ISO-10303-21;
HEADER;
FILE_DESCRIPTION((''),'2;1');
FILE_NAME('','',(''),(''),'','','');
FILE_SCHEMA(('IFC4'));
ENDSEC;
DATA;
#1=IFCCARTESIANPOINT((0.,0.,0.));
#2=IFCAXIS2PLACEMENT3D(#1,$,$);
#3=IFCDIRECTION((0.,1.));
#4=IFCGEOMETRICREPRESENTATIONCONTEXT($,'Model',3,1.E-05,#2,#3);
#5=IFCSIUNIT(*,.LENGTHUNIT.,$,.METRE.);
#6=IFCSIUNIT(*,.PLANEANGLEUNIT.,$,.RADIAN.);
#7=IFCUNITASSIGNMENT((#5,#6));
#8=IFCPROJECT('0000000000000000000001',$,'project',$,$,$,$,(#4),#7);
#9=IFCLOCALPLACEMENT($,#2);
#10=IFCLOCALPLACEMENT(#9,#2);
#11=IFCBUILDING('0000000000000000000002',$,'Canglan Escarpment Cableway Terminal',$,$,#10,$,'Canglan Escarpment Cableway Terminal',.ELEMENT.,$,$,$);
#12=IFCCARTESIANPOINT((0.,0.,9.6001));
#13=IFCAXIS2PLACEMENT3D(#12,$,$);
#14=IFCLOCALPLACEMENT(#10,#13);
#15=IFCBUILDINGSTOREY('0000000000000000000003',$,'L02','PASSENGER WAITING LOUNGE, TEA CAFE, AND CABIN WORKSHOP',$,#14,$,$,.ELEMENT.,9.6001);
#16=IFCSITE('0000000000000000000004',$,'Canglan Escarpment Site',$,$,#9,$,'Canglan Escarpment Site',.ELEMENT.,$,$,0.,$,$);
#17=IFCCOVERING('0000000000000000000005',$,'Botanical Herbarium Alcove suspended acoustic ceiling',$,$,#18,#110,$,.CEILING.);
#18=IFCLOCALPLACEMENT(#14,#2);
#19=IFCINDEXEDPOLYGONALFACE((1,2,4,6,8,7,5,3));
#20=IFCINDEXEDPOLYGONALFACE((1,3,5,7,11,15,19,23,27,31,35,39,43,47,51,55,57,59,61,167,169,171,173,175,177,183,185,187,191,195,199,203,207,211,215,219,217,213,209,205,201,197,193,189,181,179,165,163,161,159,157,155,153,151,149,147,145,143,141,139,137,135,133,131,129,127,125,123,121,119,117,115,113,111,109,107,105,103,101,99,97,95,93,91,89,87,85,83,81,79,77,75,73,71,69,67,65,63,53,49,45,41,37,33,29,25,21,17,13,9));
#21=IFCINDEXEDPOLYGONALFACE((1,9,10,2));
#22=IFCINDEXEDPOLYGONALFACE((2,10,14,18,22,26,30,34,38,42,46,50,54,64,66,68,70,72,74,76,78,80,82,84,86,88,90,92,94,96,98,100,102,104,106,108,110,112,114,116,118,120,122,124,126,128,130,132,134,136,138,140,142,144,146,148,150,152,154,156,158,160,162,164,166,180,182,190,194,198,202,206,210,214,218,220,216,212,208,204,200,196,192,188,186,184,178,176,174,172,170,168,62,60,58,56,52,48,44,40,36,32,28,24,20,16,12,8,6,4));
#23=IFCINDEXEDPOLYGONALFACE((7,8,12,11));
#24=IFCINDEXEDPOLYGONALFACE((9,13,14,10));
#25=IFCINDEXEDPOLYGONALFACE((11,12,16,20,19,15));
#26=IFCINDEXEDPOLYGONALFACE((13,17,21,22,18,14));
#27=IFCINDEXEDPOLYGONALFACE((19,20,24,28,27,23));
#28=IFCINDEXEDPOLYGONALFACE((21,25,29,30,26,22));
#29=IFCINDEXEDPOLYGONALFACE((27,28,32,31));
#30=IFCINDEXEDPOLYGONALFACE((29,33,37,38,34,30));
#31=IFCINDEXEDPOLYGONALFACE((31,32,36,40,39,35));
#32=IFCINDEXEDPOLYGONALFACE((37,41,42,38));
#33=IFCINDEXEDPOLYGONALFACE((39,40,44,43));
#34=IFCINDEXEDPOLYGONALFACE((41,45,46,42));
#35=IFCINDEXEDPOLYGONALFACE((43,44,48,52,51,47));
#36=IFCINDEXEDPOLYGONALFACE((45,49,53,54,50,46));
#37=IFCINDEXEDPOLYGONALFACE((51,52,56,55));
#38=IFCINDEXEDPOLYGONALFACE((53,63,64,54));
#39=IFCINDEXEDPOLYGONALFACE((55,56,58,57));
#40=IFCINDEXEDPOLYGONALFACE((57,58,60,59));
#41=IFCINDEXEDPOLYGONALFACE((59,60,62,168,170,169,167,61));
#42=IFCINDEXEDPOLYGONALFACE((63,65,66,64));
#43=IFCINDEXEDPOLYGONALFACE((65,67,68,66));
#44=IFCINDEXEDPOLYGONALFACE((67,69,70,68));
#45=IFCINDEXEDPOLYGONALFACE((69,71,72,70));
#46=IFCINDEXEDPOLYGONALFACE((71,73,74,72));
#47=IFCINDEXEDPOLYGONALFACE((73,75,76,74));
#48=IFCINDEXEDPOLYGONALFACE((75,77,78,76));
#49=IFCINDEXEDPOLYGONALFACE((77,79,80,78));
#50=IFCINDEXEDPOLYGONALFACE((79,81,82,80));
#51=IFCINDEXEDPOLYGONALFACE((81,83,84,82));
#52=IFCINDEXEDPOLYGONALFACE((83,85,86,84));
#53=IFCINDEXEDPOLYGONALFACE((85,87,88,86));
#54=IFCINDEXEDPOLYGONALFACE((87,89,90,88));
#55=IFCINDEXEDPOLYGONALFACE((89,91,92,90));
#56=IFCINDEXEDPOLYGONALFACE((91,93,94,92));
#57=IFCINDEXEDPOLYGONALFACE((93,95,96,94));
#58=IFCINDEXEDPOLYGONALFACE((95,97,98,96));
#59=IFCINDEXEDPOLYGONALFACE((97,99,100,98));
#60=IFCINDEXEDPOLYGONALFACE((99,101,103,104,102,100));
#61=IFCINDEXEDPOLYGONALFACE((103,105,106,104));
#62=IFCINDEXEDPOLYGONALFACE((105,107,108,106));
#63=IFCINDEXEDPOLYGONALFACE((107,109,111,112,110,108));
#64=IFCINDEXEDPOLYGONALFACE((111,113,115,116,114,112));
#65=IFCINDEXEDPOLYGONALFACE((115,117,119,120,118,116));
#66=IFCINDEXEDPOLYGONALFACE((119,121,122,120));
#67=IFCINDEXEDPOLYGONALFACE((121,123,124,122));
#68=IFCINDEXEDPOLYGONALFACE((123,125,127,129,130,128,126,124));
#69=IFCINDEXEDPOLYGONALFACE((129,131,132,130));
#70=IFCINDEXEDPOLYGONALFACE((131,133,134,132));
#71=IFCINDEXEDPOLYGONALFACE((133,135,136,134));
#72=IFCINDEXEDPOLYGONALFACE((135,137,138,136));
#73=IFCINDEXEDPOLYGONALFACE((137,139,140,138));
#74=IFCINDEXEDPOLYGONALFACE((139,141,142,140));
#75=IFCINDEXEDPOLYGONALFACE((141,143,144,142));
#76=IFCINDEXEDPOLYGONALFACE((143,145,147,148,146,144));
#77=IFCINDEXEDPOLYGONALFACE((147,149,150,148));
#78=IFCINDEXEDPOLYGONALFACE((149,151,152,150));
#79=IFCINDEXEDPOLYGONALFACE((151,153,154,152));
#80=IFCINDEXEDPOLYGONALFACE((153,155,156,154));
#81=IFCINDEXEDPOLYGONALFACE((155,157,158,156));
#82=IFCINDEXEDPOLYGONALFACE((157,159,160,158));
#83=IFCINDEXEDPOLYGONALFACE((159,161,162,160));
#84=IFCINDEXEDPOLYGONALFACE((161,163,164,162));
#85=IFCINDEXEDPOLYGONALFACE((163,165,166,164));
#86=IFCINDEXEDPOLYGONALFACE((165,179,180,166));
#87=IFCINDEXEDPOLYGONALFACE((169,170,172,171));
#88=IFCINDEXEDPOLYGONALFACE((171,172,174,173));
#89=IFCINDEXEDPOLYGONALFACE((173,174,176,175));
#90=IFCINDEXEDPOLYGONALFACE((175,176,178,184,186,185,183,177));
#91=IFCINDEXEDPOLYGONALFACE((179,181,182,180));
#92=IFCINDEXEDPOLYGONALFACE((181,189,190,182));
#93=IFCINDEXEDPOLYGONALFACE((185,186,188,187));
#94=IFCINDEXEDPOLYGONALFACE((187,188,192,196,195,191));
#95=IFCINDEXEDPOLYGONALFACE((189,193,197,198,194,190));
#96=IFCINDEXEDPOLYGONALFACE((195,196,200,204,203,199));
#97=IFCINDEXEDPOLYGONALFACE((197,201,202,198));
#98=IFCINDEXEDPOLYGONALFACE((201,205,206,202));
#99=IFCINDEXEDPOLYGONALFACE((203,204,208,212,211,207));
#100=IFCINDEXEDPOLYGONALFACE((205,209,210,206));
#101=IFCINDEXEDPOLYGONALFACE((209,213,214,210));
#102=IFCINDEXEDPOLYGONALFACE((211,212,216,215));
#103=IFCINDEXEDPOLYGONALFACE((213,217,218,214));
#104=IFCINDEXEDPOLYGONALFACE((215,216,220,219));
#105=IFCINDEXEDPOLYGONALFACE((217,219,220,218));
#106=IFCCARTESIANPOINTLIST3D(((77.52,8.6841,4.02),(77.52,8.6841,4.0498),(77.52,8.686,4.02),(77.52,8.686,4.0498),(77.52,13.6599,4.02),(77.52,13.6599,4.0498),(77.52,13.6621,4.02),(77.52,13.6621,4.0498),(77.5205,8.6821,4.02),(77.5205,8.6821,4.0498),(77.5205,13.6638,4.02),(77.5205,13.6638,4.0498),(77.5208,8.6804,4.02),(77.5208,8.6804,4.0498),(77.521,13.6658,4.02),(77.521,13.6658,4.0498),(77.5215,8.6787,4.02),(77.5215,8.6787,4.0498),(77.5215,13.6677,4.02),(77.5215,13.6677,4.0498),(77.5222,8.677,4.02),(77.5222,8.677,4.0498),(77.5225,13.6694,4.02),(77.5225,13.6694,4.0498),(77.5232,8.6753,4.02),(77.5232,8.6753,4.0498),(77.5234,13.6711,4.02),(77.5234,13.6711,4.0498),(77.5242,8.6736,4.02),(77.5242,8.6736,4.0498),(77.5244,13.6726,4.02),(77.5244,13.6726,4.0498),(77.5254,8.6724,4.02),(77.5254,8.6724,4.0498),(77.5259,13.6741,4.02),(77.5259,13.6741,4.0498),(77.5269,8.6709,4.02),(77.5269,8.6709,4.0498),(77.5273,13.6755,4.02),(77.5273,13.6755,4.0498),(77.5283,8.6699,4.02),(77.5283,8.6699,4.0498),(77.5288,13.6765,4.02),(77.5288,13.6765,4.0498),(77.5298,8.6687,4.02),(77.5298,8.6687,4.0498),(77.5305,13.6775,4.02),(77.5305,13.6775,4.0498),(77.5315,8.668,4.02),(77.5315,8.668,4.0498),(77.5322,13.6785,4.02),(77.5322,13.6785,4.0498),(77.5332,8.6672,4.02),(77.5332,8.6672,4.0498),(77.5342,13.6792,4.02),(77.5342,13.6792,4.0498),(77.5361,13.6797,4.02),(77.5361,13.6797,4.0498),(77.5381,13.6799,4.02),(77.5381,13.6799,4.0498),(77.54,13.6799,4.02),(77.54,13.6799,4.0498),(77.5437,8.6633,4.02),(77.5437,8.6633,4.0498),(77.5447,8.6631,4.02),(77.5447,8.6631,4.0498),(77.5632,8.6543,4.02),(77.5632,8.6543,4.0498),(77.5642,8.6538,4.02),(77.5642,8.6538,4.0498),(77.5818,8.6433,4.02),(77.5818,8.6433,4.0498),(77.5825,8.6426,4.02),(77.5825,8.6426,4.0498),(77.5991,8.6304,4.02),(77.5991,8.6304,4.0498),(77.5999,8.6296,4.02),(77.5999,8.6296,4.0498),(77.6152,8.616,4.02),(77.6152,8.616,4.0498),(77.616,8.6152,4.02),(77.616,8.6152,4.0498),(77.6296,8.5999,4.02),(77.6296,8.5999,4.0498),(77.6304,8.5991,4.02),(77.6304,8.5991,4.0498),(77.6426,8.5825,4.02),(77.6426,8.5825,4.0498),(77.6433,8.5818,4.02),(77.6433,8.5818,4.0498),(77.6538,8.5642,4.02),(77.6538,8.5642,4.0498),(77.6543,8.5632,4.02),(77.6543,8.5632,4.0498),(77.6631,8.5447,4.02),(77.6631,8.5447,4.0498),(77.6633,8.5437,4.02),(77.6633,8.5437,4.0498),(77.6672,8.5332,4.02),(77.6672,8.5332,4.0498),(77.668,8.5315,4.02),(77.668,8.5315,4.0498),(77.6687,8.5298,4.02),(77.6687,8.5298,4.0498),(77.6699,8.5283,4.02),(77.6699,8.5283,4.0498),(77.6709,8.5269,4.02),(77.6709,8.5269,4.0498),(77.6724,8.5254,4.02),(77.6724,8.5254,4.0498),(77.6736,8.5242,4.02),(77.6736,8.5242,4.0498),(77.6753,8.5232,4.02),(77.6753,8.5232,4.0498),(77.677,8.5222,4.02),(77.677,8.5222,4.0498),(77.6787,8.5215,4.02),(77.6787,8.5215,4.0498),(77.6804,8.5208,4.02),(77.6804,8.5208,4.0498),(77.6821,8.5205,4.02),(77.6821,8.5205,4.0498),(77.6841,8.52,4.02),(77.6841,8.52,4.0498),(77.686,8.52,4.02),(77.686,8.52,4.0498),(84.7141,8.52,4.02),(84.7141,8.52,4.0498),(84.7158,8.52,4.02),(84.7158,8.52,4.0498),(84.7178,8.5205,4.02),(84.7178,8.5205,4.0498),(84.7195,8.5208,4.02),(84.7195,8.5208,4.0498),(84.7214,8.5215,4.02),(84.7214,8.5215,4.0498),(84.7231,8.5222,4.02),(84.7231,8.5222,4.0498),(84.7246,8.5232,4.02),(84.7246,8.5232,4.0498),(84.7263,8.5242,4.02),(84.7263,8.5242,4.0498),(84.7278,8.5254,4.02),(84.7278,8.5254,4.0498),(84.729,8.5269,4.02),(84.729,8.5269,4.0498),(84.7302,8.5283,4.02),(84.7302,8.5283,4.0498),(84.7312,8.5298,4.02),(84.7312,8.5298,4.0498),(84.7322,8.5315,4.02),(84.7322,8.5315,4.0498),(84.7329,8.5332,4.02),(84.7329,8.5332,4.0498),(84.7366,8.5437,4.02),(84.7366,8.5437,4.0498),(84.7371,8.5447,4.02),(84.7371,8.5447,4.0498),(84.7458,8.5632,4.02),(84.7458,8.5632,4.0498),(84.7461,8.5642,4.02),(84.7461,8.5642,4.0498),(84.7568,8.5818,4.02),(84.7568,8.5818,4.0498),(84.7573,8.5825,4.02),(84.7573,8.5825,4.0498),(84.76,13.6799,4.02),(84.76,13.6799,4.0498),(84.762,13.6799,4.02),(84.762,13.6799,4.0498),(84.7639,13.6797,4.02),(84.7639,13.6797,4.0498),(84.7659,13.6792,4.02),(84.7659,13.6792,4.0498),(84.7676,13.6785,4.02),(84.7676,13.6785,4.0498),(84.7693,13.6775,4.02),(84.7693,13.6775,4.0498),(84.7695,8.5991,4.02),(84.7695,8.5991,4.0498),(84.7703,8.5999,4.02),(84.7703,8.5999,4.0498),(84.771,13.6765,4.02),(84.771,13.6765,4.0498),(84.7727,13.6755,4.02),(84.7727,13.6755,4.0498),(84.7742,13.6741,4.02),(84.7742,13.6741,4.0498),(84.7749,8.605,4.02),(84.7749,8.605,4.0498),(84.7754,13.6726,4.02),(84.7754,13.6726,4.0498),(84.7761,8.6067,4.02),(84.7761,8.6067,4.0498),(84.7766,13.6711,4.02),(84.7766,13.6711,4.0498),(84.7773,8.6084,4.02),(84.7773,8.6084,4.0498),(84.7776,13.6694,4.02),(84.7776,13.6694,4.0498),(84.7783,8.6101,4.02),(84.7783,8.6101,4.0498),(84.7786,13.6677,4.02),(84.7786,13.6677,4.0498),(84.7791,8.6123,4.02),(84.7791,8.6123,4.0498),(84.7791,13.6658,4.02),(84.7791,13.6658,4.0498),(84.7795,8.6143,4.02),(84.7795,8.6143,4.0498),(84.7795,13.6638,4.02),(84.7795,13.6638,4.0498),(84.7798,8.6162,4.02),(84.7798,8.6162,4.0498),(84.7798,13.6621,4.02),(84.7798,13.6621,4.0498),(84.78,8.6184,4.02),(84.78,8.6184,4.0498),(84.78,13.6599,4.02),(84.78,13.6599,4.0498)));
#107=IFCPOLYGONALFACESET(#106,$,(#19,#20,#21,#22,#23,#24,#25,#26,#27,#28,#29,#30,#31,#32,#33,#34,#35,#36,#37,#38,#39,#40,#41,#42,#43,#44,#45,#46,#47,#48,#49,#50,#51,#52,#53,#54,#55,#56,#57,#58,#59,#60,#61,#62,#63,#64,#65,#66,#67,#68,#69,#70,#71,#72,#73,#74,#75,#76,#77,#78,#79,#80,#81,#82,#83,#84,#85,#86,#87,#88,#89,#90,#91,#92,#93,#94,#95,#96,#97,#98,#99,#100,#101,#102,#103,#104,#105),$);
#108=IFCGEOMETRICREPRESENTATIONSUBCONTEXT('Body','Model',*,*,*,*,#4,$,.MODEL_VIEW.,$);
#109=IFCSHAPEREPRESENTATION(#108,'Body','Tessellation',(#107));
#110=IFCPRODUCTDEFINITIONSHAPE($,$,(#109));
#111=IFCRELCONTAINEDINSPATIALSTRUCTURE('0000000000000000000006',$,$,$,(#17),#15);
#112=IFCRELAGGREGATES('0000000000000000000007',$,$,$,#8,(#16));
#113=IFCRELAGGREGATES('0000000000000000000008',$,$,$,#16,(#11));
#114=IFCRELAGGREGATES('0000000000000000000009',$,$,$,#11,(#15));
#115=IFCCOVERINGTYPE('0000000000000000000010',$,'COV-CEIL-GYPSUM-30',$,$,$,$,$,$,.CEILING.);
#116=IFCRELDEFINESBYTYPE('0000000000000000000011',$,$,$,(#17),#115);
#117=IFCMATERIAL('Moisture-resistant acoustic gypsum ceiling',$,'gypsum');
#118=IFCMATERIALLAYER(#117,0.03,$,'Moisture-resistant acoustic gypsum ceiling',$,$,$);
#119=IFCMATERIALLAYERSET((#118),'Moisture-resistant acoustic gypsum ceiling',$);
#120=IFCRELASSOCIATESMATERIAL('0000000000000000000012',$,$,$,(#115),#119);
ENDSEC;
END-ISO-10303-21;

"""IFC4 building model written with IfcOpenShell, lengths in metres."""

from ifc_helpers import new_model, si_unit, direction, frame, origin, place, context, subcontext, project, spatial, polyline, outline, extrude, material, layer, layer_set, type_object, element, save


model = new_model("IFC4")

# Units and contexts
model_context = context("Model", 3, precision=1e-05, world=origin(), true_north=direction((0.0, 1.0)))
body_context = subcontext(model_context, "Body", "Model", "MODEL_VIEW")
ifc_project = project(units=[si_unit("LENGTHUNIT", "METRE"), si_unit("PLANEANGLEUNIT", "RADIAN")], contexts=[model_context])

# Site, building, storey
site_placement = place(None, origin())
site = spatial("IfcSite", under=ifc_project, at=site_placement, Name="Canglan Escarpment Site", LongName="Canglan Escarpment Site", CompositionType="ELEMENT", RefElevation=0.0)
building_placement = place(site_placement, origin())
building = spatial("IfcBuilding", under=site, at=building_placement, Name="Canglan Escarpment Cableway Terminal", LongName="Canglan Escarpment Cableway Terminal", CompositionType="ELEMENT")
storey_placement = place(building_placement, frame((0.0, 0.0, 9.6001)))
storey = spatial("IfcBuildingStorey", under=building, at=storey_placement, Name="L02", Description="PASSENGER WAITING LOUNGE, TEA CAFE, AND CABIN WORKSHOP", CompositionType="ELEMENT", Elevation=9.6001)

# Covering
ifc_material_1 = material(Name="Moisture-resistant acoustic gypsum ceiling", Category="gypsum")
ifc_layer_1 = layer(ifc_material_1, 0.03, Name="Moisture-resistant acoustic gypsum ceiling")
ifc_layer_set_1 = layer_set([ifc_layer_1], Name="Moisture-resistant acoustic gypsum ceiling")
covering_type_1 = type_object("IfcCoveringType", Name="COV-CEIL-GYPSUM-30", PredefinedType="CEILING", material=ifc_layer_set_1)
covering_1_placement = place(storey_placement, frame((0.0, 0.0, 4.02)))
element("IfcCovering", 1, at=covering_1_placement, inside=storey, type_object=covering_type_1, Name="Botanical Herbarium Alcove suspended acoustic ceiling", PredefinedType="CEILING", context=body_context, shape_type="SweptSolid", body=[
    extrude(outline(polyline([(77.5332, 8.6672), (77.5315, 8.668), (77.5298, 8.6687), (77.5283, 8.6699), (77.5269, 8.6709), (77.5254, 8.6724), (77.5242, 8.6736), (77.5232, 8.6753), (77.5222, 8.677), (77.5215, 8.6787), (77.5208, 8.6804), (77.5205, 8.6821), (77.52, 8.6841), (77.52, 8.686), (77.52, 13.6599), (77.52, 13.6621), (77.5205, 13.6638), (77.521, 13.6658), (77.5215, 13.6677), (77.5225, 13.6694), (77.5234, 13.6711), (77.5244, 13.6726), (77.5259, 13.6741), (77.5273, 13.6755), (77.5288, 13.6765), (77.5305, 13.6775), (77.5322, 13.6785), (77.5342, 13.6792), (77.5361, 13.6797), (77.5381, 13.6799), (77.54, 13.6799), (84.76, 13.6799), (84.762, 13.6799), (84.7639, 13.6797), (84.7659, 13.6792), (84.7676, 13.6785), (84.7693, 13.6775), (84.771, 13.6765), (84.7727, 13.6755), (84.7742, 13.6741), (84.7754, 13.6726), (84.7766, 13.6711), (84.7776, 13.6694), (84.7786, 13.6677), (84.7791, 13.6658), (84.7795, 13.6638), (84.7798, 13.6621), (84.78, 13.6599), (84.78, 8.6184), (84.7798, 8.6162), (84.7795, 8.6143), (84.7791, 8.6123), (84.7783, 8.6101), (84.7773, 8.6084), (84.7761, 8.6067), (84.7749, 8.605), (84.7703, 8.5999), (84.7695, 8.5991), (84.7573, 8.5825), (84.7568, 8.5818), (84.7461, 8.5642), (84.7458, 8.5632), (84.7371, 8.5447), (84.7366, 8.5437), (84.7329, 8.5332), (84.7322, 8.5315), (84.7312, 8.5298), (84.7302, 8.5283), (84.729, 8.5269), (84.7278, 8.5254), (84.7263, 8.5242), (84.7246, 8.5232), (84.7231, 8.5222), (84.7214, 8.5215), (84.7195, 8.5208), (84.7178, 8.5205), (84.7158, 8.52), (84.7141, 8.52), (77.686, 8.52), (77.6841, 8.52), (77.6821, 8.5205), (77.6804, 8.5208), (77.6787, 8.5215), (77.677, 8.5222), (77.6753, 8.5232), (77.6736, 8.5242), (77.6724, 8.5254), (77.6709, 8.5269), (77.6699, 8.5283), (77.6687, 8.5298), (77.668, 8.5315), (77.6672, 8.5332), (77.6633, 8.5437), (77.6631, 8.5447), (77.6543, 8.5632), (77.6538, 8.5642), (77.6433, 8.5818), (77.6426, 8.5825), (77.6304, 8.5991), (77.6296, 8.5999), (77.616, 8.6152), (77.6152, 8.616), (77.5999, 8.6296), (77.5991, 8.6304), (77.5825, 8.6426), (77.5818, 8.6433), (77.5642, 8.6538), (77.5632, 8.6543), (77.5447, 8.6631), (77.5437, 8.6633), (77.5332, 8.6672)])), origin(), (0.0, 0.0, 1.0), 0.0298),
])

save(model, "model.ifc")
